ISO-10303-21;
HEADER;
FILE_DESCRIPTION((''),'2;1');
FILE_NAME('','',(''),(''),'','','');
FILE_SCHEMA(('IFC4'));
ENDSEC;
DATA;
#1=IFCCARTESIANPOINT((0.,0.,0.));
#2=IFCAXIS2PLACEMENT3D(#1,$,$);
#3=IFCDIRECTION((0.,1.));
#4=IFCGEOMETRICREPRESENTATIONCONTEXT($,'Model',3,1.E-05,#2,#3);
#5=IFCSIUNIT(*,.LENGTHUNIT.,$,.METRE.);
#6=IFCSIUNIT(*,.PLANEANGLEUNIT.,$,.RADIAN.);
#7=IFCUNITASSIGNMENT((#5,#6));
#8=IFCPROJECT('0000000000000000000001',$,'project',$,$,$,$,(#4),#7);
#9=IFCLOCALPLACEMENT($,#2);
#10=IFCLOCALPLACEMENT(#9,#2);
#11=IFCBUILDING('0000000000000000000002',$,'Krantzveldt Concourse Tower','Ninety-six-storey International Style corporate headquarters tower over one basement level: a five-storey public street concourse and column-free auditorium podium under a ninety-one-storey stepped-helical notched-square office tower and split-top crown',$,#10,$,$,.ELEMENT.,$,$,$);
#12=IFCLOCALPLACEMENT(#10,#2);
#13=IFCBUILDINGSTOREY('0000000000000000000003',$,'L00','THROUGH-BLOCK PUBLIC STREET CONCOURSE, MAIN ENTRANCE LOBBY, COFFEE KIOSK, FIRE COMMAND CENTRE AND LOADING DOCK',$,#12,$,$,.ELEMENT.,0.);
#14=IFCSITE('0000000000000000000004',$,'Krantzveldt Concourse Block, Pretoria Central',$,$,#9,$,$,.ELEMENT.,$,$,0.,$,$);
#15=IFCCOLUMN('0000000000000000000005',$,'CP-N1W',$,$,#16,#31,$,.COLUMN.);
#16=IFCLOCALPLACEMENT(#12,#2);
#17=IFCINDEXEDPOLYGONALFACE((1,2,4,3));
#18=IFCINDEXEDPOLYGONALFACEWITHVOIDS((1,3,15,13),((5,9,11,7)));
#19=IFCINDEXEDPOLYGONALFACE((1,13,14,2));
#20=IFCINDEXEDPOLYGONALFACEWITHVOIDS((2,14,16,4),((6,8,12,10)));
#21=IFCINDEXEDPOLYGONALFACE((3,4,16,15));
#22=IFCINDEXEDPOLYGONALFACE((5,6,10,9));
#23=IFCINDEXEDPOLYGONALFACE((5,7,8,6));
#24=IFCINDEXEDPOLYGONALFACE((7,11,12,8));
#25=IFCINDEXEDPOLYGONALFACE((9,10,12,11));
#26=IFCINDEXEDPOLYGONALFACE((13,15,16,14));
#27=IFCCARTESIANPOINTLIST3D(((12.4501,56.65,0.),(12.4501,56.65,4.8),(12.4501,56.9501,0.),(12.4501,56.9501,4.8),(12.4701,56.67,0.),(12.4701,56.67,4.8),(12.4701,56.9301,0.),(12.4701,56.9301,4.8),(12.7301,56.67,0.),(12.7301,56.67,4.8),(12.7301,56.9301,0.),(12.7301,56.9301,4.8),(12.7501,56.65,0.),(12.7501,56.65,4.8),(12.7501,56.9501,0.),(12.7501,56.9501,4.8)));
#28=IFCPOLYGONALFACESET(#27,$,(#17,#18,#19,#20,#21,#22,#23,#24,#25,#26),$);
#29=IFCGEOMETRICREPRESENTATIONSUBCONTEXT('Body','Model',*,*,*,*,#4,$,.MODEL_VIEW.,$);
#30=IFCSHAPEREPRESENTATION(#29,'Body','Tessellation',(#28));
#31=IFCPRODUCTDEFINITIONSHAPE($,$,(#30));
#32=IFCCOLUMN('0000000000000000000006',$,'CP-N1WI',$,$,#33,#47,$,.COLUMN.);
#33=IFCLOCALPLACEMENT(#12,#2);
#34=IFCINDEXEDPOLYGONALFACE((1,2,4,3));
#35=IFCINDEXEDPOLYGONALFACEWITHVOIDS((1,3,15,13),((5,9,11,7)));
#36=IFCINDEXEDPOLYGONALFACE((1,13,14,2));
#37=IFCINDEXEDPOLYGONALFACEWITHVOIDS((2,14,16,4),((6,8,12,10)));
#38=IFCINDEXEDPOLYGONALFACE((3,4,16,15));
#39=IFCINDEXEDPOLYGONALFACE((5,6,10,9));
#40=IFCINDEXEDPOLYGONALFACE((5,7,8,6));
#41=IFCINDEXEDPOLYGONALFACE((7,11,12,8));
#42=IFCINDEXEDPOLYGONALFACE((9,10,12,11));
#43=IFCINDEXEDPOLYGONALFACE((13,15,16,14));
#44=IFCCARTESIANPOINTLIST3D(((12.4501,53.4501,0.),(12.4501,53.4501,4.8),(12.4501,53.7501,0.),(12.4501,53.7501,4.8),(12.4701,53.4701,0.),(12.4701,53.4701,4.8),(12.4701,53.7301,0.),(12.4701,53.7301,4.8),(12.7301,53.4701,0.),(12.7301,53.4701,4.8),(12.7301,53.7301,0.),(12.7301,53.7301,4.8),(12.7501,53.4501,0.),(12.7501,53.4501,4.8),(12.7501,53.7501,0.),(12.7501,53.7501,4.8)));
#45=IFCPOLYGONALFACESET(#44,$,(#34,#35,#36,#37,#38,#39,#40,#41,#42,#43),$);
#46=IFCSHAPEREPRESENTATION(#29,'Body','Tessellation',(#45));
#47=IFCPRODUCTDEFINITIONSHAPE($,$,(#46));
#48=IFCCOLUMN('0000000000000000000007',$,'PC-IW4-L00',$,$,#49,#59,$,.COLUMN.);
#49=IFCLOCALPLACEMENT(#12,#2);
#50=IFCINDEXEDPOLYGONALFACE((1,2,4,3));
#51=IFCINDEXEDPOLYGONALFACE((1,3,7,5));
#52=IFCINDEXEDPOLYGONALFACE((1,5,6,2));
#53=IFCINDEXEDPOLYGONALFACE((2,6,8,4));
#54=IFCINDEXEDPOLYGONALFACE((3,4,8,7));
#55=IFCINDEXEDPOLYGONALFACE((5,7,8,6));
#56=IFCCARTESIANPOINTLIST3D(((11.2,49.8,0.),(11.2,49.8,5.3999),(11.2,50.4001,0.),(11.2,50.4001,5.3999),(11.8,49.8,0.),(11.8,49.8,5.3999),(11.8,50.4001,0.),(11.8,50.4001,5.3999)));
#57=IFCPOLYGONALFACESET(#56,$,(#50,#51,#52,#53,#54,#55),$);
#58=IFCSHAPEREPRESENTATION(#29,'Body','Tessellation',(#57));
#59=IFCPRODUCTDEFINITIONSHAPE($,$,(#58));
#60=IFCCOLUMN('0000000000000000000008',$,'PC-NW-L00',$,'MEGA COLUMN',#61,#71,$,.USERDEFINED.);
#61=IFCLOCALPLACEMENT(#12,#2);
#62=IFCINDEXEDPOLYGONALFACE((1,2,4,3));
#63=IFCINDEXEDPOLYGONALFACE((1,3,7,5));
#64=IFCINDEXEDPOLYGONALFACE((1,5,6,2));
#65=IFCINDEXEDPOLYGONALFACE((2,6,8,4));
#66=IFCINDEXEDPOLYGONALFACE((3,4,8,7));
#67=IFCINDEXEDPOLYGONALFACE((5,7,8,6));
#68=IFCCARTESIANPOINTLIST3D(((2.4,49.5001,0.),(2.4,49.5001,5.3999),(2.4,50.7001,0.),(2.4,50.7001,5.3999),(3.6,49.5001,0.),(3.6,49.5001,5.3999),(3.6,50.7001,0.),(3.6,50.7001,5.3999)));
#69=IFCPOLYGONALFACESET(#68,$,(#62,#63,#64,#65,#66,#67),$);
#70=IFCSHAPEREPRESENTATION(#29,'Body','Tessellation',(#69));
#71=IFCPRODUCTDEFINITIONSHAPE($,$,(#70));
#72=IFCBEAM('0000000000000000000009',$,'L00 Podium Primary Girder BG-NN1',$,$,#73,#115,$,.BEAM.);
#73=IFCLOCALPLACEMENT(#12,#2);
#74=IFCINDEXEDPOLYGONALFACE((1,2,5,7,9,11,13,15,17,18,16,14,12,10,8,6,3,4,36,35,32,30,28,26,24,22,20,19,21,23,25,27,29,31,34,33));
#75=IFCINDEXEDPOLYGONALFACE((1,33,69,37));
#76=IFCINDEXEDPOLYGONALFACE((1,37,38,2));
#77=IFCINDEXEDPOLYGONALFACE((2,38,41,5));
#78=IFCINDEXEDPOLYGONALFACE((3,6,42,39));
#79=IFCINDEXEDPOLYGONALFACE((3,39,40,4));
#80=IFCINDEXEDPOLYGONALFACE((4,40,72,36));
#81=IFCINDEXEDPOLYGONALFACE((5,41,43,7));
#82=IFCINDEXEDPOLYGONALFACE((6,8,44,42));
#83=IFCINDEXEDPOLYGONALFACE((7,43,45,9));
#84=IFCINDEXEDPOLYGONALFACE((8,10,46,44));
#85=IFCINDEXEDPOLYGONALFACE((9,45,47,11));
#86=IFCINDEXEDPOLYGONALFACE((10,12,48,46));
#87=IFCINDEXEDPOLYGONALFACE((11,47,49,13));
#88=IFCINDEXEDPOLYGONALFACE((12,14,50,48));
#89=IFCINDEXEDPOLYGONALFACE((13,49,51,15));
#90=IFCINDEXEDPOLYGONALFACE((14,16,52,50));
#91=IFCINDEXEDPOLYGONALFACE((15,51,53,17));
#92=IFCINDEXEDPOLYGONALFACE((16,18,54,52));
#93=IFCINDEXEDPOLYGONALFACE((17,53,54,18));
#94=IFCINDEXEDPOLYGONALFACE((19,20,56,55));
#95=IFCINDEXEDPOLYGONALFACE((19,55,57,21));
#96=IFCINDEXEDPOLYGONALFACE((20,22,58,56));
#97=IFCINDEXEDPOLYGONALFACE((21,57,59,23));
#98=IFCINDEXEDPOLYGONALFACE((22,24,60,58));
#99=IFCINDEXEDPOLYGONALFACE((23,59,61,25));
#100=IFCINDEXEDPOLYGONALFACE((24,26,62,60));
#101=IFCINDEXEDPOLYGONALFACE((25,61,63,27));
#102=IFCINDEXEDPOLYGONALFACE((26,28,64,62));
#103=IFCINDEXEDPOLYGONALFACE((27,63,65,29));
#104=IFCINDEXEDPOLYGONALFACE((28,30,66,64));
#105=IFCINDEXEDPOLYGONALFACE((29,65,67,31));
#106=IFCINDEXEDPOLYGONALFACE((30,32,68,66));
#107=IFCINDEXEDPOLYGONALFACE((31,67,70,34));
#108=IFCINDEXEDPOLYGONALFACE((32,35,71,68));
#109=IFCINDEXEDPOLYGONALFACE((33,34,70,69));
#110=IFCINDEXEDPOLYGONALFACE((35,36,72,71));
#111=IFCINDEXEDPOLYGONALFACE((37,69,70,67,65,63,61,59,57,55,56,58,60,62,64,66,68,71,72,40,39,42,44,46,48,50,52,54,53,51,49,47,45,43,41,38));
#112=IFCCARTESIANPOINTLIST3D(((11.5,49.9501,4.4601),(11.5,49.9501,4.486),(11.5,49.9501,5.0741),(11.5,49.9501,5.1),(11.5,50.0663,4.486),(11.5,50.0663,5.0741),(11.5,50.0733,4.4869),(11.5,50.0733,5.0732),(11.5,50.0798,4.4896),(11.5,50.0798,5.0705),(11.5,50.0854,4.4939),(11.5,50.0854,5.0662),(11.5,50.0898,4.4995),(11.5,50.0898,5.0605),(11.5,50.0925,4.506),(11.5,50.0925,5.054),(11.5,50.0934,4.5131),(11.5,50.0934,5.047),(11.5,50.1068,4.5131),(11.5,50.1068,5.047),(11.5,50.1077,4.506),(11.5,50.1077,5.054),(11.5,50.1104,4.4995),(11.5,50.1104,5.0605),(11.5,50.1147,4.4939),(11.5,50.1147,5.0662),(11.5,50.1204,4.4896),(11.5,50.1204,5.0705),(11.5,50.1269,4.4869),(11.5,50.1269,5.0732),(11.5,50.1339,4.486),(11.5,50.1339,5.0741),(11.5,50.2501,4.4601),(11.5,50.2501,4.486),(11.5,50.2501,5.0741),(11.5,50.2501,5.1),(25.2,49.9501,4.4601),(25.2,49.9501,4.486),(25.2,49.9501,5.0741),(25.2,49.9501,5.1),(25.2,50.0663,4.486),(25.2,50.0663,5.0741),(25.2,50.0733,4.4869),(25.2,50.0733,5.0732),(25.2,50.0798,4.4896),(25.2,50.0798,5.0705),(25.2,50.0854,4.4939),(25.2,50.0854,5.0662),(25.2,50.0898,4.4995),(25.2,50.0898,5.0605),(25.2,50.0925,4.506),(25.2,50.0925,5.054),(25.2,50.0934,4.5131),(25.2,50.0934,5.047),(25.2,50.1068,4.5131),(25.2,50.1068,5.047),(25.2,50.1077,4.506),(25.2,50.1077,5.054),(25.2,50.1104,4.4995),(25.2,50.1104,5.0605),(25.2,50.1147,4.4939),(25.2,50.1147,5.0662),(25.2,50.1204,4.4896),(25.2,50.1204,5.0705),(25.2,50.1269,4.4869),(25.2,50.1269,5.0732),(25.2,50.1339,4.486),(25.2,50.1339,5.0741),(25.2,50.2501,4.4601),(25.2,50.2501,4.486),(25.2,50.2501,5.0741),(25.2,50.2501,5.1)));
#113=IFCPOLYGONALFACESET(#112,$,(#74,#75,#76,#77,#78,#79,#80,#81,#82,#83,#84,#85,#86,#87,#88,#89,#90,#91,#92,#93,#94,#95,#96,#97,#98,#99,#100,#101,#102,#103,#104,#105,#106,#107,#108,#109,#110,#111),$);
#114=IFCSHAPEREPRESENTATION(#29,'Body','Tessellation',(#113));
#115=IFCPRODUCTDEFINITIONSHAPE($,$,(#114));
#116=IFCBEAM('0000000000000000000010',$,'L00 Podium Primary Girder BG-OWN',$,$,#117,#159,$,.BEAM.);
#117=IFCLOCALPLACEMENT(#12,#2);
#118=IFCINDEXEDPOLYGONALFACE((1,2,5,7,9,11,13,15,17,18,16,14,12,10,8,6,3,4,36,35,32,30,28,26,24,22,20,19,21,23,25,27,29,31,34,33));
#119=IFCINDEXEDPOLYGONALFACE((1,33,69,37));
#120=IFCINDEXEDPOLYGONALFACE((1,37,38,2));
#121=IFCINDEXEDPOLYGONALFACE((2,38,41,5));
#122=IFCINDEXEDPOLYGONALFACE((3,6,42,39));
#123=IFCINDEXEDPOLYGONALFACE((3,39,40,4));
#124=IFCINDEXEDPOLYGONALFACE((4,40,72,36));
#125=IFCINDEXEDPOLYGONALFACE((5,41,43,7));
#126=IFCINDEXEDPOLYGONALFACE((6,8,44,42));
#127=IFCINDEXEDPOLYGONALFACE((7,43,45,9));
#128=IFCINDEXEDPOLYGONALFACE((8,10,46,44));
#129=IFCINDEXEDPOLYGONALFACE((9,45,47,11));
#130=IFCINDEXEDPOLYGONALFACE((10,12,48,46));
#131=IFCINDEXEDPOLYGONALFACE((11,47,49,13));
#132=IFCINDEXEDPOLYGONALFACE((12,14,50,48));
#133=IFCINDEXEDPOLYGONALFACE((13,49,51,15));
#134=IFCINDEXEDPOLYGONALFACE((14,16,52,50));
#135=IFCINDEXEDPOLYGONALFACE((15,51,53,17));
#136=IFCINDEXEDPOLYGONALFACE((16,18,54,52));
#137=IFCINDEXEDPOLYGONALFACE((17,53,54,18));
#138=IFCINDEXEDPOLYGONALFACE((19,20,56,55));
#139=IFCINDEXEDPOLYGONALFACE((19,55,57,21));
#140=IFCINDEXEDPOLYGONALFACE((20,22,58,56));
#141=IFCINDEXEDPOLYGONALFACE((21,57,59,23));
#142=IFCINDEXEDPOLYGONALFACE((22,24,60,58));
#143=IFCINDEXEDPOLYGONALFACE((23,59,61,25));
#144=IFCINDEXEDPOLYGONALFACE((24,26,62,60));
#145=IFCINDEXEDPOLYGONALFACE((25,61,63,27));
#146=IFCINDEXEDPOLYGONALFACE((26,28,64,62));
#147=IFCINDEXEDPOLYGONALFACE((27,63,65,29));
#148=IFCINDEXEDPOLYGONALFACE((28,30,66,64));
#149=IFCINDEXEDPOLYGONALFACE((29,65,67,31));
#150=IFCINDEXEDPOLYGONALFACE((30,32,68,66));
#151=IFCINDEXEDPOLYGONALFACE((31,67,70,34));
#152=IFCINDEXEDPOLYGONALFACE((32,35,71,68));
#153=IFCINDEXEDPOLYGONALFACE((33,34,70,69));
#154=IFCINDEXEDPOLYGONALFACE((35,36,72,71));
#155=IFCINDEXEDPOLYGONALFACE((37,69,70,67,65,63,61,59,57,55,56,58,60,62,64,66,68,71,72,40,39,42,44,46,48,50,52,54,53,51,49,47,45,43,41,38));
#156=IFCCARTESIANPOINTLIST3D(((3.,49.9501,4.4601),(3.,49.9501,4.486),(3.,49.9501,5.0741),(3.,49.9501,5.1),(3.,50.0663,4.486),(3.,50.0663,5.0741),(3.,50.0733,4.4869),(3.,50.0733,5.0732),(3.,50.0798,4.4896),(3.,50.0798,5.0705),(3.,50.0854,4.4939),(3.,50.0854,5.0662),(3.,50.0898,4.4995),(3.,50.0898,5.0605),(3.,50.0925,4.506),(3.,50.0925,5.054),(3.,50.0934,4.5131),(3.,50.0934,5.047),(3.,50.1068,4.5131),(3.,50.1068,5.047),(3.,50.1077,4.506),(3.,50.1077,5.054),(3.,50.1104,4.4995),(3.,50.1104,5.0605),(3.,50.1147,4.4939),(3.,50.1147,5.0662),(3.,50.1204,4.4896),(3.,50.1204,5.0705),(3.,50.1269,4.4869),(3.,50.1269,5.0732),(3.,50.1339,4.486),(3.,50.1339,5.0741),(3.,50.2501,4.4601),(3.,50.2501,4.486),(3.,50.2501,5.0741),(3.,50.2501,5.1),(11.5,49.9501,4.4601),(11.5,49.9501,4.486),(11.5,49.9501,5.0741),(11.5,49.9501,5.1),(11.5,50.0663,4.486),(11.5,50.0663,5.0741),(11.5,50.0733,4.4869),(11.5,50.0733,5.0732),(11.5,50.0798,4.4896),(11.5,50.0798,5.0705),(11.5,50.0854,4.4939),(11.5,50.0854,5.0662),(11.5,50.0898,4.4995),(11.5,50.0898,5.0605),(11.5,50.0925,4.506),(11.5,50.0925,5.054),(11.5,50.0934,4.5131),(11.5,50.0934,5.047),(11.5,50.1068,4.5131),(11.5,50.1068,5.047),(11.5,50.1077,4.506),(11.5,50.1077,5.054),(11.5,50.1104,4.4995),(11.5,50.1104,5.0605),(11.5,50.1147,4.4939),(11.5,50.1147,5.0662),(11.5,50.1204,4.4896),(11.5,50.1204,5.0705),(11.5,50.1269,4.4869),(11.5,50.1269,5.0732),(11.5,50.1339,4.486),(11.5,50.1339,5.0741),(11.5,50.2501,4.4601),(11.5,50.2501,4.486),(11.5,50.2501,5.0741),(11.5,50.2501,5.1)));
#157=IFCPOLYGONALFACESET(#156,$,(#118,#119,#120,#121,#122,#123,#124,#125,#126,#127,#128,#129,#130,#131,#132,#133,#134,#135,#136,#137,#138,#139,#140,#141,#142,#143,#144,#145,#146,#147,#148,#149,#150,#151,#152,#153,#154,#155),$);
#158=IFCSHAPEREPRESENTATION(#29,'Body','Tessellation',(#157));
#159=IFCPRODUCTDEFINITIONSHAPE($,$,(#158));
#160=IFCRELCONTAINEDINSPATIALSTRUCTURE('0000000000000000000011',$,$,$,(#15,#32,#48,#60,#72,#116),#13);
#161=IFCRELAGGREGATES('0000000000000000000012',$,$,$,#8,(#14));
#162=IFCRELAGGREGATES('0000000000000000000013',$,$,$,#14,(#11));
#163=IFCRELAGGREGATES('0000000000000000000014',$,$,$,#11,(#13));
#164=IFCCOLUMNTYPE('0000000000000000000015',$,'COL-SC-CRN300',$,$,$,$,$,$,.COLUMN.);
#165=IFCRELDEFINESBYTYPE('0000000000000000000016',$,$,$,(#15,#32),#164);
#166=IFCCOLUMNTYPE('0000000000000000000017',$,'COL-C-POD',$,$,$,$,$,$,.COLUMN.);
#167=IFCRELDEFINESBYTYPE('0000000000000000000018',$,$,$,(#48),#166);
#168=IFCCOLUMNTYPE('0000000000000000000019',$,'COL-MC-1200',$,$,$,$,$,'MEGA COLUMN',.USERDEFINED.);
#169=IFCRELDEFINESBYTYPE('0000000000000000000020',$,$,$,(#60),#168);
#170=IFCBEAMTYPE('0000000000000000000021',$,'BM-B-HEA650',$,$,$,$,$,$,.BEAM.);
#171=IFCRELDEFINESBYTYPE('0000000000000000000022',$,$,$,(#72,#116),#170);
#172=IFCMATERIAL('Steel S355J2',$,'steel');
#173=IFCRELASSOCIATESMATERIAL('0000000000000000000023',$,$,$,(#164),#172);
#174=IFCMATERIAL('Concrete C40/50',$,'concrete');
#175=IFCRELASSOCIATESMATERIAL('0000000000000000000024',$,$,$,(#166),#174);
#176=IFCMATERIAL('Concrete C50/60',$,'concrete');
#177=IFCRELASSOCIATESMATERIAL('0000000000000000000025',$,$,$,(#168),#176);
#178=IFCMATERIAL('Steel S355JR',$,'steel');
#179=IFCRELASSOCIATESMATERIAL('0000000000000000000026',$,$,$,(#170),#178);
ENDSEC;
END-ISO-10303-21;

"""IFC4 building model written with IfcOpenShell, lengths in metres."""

from ifc_helpers import new_model, si_unit, direction, frame, origin, origin_2d, place, context, subcontext, project, spatial, rectangle, hollow_rectangle, i_section, extrude, source, transform, mapped, material, material_profile, profile_set, type_object, type_shapes, element, save


model = new_model("IFC4")

# Units and contexts
model_context = context("Model", 3, precision=1e-05, world=origin(), true_north=direction((0.0, 1.0)))
body_context = subcontext(model_context, "Body", "Model", "MODEL_VIEW")
ifc_project = project(units=[si_unit("LENGTHUNIT", "METRE"), si_unit("PLANEANGLEUNIT", "RADIAN")], contexts=[model_context])

# Site, building, storey
site_placement = place(None, origin())
site = spatial("IfcSite", under=ifc_project, at=site_placement, Name="Krantzveldt Concourse Block, Pretoria Central", CompositionType="ELEMENT", RefElevation=0.0)
building_placement = place(site_placement, origin())
building = spatial("IfcBuilding", under=site, at=building_placement, Name="Krantzveldt Concourse Tower", Description="Ninety-six-storey International Style corporate headquarters tower over one basement level: a five-storey public street concourse and column-free auditorium podium under a ninety-one-storey stepped-helical notched-square office tower and split-top crown", CompositionType="ELEMENT")
storey_placement = place(building_placement, origin())
storey = spatial("IfcBuildingStorey", under=building, at=storey_placement, Name="L00", Description="THROUGH-BLOCK PUBLIC STREET CONCOURSE, MAIN ENTRANCE LOBBY, COFFEE KIOSK, FIRE COMMAND CENTRE AND LOADING DOCK", CompositionType="ELEMENT", Elevation=0.0)

# Columns
ifc_material_1 = material(Name="Steel S355J2", Category="steel")
ifc_material_profile_1 = material_profile(ifc_material_1, hollow_rectangle(XDim=0.3, YDim=0.3, WallThickness=0.02, at=origin_2d()), Name="Steel S355J2", Category="steel")
ifc_profile_set_1 = profile_set([ifc_material_profile_1], Name="Steel S355J2 - SHS 300x300x20")
column_type_1 = type_object("IfcColumnType", Name="COL-SC-CRN300", PredefinedType="COLUMN", material=ifc_profile_set_1)
shared_shape_1 = source(origin(), body_context, "Body", "SweptSolid", [
    extrude(hollow_rectangle(XDim=0.3, YDim=0.3, WallThickness=0.02, at=origin_2d()), origin(), (0.0, 0.0, 1.0), 4.8),
])
type_shapes(column_type_1, [shared_shape_1])
for number, where, z_axis, x_axis, name in (
    (1, (12.6001, 56.8, 0.0), (0.0, 0.0, 1.0), (1.0, 0.0, 0.0), "CP-N1W"),
    (2, (12.6001, 53.6001, 0.0), (0.0, 0.0, 1.0), (1.0, 0.0, 0.0), "CP-N1WI"),
):
    element("IfcColumn", number, at=place(storey_placement, frame(where, z_axis=z_axis, x_axis=x_axis)), inside=storey, type_object=column_type_1, Name=name, PredefinedType="COLUMN", context=body_context, shape_type="MappedRepresentation", body=[
        mapped(shared_shape_1, transform((0.0, 0.0, 0.0), x_axis=(1.0, 0.0, 0.0), y_axis=(0.0, 1.0, 0.0), z_axis=(0.0, 0.0, 1.0), scale=1.0)),
    ])
ifc_material_2 = material(Name="Concrete C40/50", Category="concrete")
ifc_material_profile_2 = material_profile(ifc_material_2, rectangle(XDim=0.6001, YDim=0.6001, at=origin_2d()), Name="Concrete C40/50", Category="concrete")
ifc_profile_set_2 = profile_set([ifc_material_profile_2], Name="Concrete C40/50 - RC 600x600")
column_type_2 = type_object("IfcColumnType", Name="COL-C-POD", PredefinedType="COLUMN", material=ifc_profile_set_2)
shared_shape_2 = source(origin(), body_context, "Body", "SweptSolid", [
    extrude(rectangle(XDim=0.6001, YDim=0.6001, at=origin_2d()), origin(), (0.0, 0.0, 1.0), 5.3999),
])
type_shapes(column_type_2, [shared_shape_2])
column_1_placement = place(storey_placement, frame((11.5, 50.1001, 0.0), z_axis=(0.0, 0.0, 1.0), x_axis=(1.0, 0.0, 0.0)))
element("IfcColumn", 3, at=column_1_placement, inside=storey, type_object=column_type_2, Name="PC-IW4-L00", PredefinedType="COLUMN", context=body_context, shape_type="MappedRepresentation", body=[
    mapped(shared_shape_2, transform((0.0, 0.0, 0.0), x_axis=(1.0, 0.0, 0.0), y_axis=(0.0, 1.0, 0.0), z_axis=(0.0, 0.0, 1.0), scale=1.0)),
])
ifc_material_3 = material(Name="Concrete C50/60", Category="concrete")
ifc_material_profile_3 = material_profile(ifc_material_3, rectangle(XDim=1.2, YDim=1.2, at=origin_2d()), Name="Concrete C50/60", Category="concrete")
ifc_profile_set_3 = profile_set([ifc_material_profile_3], Name="Concrete C50/60 - RC 1200x1200")
column_type_3 = type_object("IfcColumnType", Name="COL-MC-1200", ElementType="MEGA COLUMN", PredefinedType="USERDEFINED", material=ifc_profile_set_3)
shared_shape_3 = source(origin(), body_context, "Body", "SweptSolid", [
    extrude(rectangle(XDim=1.2, YDim=1.2, at=origin_2d()), origin(), (0.0, 0.0, 1.0), 5.3999),
])
type_shapes(column_type_3, [shared_shape_3])
column_2_placement = place(storey_placement, frame((3.0, 50.1001, 0.0), z_axis=(0.0, 0.0, 1.0), x_axis=(1.0, 0.0, 0.0)))
element("IfcColumn", 4, at=column_2_placement, inside=storey, type_object=column_type_3, Name="PC-NW-L00", ObjectType="MEGA COLUMN", PredefinedType="USERDEFINED", context=body_context, shape_type="MappedRepresentation", body=[
    mapped(shared_shape_3, transform((0.0, 0.0, 0.0), x_axis=(1.0, 0.0, 0.0), y_axis=(0.0, 1.0, 0.0), z_axis=(0.0, 0.0, 1.0), scale=1.0)),
])

# Beams
ifc_material_4 = material(Name="Steel S355JR", Category="steel")
ifc_material_profile_4 = material_profile(ifc_material_4, i_section(OverallWidth=0.3, OverallDepth=0.6399, WebThickness=0.0134, FlangeThickness=0.0259, FilletRadius=0.0271, at=origin_2d()), Name="Steel S355JR", Category="steel")
ifc_profile_set_4 = profile_set([ifc_material_profile_4], Name="Steel S355JR - HEA 650")
beam_type = type_object("IfcBeamType", Name="BM-B-HEA650", PredefinedType="BEAM", material=ifc_profile_set_4)
shared_shape_4 = source(origin(), body_context, "Body", "SweptSolid", [
    extrude(i_section(OverallWidth=0.3, OverallDepth=0.6399, WebThickness=0.0134, FlangeThickness=0.0259, FilletRadius=0.0271, at=origin_2d()), origin(), (0.0, 0.0, 1.0), 13.7),
])
beam_1_placement = place(storey_placement, frame((11.5, 50.1001, 4.78), z_axis=(1.0, 0.0, 0.0), x_axis=(0.0, 1.0, 0.0)))
element("IfcBeam", 5, at=beam_1_placement, inside=storey, type_object=beam_type, Name="L00 Podium Primary Girder BG-NN1", PredefinedType="BEAM", context=body_context, shape_type="MappedRepresentation", body=[
    mapped(shared_shape_4, transform((0.0, 0.0, 0.0), x_axis=(1.0, 0.0, 0.0), y_axis=(0.0, 1.0, 0.0), z_axis=(0.0, 0.0, 1.0), scale=1.0)),
])
shared_shape_5 = source(origin(), body_context, "Body", "SweptSolid", [
    extrude(i_section(OverallWidth=0.3, OverallDepth=0.6399, WebThickness=0.0134, FlangeThickness=0.0259, FilletRadius=0.0271, at=origin_2d()), origin(), (0.0, 0.0, 1.0), 8.5),
])
type_shapes(beam_type, [shared_shape_4, shared_shape_5])
beam_2_placement = place(storey_placement, frame((3.0, 50.1001, 4.78), z_axis=(1.0, 0.0, 0.0), x_axis=(0.0, 1.0, 0.0)))
element("IfcBeam", 6, at=beam_2_placement, inside=storey, type_object=beam_type, Name="L00 Podium Primary Girder BG-OWN", PredefinedType="BEAM", context=body_context, shape_type="MappedRepresentation", body=[
    mapped(shared_shape_5, transform((0.0, 0.0, 0.0), x_axis=(1.0, 0.0, 0.0), y_axis=(0.0, 1.0, 0.0), z_axis=(0.0, 0.0, 1.0), scale=1.0)),
])

save(model, "model.ifc")
